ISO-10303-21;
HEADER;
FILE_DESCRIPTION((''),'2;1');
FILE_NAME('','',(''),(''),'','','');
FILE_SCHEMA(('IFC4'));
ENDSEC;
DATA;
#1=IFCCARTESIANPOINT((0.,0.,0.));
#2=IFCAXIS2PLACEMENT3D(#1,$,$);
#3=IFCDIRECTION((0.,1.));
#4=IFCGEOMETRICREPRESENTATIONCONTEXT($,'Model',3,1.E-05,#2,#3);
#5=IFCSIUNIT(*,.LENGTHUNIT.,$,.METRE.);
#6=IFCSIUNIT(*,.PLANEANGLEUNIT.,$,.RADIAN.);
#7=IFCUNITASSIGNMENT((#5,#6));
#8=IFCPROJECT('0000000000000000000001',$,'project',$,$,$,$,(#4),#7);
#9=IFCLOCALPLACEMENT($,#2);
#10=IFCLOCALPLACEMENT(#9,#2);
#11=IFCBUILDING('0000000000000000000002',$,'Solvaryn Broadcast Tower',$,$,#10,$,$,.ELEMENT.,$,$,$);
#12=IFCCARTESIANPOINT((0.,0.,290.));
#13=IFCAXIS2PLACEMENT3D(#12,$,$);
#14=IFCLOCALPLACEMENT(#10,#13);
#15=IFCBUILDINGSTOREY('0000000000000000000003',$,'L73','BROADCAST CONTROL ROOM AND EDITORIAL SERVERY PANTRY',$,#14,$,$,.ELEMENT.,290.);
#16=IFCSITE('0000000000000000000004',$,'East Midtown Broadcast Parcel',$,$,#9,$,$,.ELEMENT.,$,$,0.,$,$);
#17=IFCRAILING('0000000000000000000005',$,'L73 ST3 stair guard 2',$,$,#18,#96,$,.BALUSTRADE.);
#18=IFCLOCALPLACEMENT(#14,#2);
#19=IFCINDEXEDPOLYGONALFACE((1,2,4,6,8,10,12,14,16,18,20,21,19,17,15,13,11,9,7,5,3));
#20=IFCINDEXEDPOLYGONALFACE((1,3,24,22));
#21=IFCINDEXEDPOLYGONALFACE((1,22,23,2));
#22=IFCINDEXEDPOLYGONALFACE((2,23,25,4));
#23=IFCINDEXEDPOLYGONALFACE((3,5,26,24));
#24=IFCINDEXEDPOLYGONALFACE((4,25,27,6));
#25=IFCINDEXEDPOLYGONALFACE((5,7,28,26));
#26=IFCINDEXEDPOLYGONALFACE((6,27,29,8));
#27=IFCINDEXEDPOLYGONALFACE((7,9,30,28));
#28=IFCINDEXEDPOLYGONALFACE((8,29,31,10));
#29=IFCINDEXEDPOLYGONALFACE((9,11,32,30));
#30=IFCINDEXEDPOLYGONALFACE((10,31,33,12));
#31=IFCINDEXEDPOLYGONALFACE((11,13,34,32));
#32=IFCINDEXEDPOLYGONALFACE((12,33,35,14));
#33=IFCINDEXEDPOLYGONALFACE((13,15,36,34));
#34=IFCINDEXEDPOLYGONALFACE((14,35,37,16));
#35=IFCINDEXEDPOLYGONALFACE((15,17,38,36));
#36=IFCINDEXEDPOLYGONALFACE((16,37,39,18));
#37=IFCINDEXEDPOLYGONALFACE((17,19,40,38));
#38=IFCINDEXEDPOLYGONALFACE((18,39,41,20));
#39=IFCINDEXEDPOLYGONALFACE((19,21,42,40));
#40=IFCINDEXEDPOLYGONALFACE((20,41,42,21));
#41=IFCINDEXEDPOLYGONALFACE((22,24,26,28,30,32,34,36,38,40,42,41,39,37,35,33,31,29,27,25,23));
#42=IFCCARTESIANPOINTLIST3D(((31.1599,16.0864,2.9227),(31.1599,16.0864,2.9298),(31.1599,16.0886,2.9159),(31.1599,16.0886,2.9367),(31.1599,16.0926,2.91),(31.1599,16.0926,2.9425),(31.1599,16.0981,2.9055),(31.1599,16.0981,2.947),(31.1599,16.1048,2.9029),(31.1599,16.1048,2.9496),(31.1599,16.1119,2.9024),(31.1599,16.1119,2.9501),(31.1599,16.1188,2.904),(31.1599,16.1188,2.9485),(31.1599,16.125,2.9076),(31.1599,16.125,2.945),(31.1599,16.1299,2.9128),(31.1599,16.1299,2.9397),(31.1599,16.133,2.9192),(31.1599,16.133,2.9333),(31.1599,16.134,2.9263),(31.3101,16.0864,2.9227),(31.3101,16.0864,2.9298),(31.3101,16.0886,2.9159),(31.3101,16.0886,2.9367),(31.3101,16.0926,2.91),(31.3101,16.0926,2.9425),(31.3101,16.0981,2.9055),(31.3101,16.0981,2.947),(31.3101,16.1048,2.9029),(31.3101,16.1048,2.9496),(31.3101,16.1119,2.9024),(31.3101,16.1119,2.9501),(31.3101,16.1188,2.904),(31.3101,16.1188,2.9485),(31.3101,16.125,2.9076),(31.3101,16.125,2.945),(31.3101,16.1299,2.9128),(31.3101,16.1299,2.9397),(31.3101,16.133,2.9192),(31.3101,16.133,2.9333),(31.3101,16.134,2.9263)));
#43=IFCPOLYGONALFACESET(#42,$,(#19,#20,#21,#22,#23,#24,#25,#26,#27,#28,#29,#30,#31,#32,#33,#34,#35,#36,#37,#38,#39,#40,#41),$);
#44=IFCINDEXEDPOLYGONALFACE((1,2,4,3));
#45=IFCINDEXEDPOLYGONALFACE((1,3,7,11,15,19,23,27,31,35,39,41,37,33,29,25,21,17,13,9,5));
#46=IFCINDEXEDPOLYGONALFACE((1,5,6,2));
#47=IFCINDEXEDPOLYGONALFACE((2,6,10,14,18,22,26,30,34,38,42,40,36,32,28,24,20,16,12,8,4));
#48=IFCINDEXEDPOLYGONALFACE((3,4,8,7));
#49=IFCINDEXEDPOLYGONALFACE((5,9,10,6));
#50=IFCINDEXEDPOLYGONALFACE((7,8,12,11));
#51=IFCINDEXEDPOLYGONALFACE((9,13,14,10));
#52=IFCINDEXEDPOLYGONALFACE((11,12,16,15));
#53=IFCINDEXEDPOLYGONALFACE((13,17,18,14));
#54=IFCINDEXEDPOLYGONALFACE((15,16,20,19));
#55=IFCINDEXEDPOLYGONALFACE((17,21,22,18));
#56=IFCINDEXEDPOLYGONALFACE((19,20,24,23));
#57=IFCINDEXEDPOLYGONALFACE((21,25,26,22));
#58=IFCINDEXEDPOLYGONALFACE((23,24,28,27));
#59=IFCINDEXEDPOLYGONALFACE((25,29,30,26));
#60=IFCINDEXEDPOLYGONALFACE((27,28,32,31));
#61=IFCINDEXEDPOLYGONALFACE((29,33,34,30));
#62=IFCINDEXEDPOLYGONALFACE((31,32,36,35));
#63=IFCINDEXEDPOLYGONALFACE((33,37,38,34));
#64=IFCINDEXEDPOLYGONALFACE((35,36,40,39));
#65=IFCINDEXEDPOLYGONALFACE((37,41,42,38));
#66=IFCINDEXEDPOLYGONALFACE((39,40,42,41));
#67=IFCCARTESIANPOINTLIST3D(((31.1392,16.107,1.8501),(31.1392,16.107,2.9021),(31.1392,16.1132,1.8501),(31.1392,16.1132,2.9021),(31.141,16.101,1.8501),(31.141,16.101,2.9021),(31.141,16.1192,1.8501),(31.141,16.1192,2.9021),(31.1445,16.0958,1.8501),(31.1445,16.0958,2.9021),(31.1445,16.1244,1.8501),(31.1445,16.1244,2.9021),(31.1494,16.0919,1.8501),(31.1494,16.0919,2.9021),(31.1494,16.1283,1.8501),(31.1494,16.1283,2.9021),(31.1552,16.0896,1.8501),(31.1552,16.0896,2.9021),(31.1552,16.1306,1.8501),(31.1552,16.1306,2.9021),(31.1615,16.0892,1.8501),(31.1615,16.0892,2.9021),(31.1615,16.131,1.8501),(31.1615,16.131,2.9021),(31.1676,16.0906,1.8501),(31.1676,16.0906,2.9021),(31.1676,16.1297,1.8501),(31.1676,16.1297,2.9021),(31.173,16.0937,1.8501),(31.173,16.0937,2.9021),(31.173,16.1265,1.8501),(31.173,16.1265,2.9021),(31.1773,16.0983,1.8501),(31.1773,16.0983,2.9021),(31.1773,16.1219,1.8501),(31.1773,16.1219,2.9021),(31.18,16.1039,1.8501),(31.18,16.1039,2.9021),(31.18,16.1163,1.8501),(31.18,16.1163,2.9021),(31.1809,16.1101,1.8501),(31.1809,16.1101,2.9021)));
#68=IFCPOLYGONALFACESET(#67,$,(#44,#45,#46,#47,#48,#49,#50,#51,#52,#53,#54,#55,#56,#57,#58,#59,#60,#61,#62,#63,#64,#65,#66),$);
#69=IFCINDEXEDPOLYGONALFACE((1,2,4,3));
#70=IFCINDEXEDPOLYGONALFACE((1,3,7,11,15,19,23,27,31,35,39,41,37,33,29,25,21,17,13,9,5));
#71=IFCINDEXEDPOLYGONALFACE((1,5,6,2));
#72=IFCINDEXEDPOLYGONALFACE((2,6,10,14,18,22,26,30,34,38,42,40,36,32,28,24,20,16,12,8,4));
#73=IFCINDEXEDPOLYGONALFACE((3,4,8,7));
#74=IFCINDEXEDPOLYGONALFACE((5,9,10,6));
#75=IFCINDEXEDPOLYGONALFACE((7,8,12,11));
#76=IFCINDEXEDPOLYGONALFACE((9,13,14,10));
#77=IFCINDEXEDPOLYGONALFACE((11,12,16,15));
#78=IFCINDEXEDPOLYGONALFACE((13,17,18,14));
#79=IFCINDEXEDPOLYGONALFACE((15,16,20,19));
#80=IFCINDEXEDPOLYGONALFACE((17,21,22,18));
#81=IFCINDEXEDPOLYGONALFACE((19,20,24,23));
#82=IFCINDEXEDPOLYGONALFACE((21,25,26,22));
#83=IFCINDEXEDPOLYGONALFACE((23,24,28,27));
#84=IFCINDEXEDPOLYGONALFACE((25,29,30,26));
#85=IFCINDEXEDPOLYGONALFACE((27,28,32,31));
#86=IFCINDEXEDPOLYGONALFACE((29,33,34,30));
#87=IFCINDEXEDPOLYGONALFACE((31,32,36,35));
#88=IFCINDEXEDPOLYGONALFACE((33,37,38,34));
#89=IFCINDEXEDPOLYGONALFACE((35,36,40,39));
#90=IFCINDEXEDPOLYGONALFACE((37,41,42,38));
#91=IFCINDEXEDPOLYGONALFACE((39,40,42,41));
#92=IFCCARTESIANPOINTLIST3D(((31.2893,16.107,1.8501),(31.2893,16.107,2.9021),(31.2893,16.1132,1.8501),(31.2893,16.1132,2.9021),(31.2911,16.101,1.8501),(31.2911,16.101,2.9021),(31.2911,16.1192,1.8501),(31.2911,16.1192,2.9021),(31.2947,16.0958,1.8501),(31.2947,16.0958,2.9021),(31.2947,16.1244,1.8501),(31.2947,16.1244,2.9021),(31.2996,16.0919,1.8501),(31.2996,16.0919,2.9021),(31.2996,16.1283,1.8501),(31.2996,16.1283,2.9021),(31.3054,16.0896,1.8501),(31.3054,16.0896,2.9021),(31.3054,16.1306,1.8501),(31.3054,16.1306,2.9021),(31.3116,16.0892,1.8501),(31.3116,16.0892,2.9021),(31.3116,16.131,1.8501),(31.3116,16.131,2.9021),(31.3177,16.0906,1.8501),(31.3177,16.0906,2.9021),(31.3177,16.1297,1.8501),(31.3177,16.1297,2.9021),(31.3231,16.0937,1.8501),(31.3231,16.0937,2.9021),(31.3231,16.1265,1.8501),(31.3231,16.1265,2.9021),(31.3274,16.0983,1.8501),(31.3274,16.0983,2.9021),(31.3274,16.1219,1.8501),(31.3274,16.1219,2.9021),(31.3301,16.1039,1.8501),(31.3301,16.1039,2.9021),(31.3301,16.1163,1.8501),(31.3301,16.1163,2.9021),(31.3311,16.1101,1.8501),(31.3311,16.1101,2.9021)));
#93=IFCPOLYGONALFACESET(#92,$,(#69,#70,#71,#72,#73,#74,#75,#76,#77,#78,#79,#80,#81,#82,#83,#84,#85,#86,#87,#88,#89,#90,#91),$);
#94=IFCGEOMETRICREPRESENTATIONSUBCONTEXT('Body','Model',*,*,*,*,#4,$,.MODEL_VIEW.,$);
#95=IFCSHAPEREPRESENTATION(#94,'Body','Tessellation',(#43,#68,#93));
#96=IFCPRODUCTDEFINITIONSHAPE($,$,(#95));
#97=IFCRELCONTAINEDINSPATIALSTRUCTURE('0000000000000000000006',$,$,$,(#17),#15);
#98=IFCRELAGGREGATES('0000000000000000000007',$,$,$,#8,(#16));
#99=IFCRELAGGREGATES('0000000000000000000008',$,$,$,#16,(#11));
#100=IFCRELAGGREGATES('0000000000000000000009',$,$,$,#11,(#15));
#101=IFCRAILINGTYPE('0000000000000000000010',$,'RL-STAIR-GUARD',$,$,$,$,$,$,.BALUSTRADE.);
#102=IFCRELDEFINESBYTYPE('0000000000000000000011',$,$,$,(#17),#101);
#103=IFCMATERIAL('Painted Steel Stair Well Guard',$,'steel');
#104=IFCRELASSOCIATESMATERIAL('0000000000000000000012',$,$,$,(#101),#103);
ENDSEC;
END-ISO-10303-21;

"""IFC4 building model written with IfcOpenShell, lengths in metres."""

from ifc_helpers import new_model, si_unit, direction, frame, origin, origin_2d, place, context, subcontext, project, spatial, circle, extrude, material, type_object, element, save


model = new_model("IFC4")

# Units and contexts
model_context = context("Model", 3, precision=1e-05, world=origin(), true_north=direction((0.0, 1.0)))
body_context = subcontext(model_context, "Body", "Model", "MODEL_VIEW")
ifc_project = project(units=[si_unit("LENGTHUNIT", "METRE"), si_unit("PLANEANGLEUNIT", "RADIAN")], contexts=[model_context])

# Site, building, storey
site_placement = place(None, origin())
site = spatial("IfcSite", under=ifc_project, at=site_placement, Name="East Midtown Broadcast Parcel", CompositionType="ELEMENT", RefElevation=0.0)
building_placement = place(site_placement, origin())
building = spatial("IfcBuilding", under=site, at=building_placement, Name="Solvaryn Broadcast Tower", CompositionType="ELEMENT")
storey_placement = place(building_placement, frame((0.0, 0.0, 290.0)))
storey = spatial("IfcBuildingStorey", under=building, at=storey_placement, Name="L73", Description="BROADCAST CONTROL ROOM AND EDITORIAL SERVERY PANTRY", CompositionType="ELEMENT", Elevation=290.0)

# Railing
ifc_material_1 = material(Name="Painted Steel Stair Well Guard", Category="steel")
railing_type_1 = type_object("IfcRailingType", Name="RL-STAIR-GUARD", PredefinedType="BALUSTRADE", material=ifc_material_1)
railing_1_placement = place(storey_placement, frame((31.1599, 16.1101, 1.8501)))
element("IfcRailing", 1, at=railing_1_placement, inside=storey, type_object=railing_type_1, Name="L73 ST3 stair guard 2", PredefinedType="BALUSTRADE", context=body_context, shape_type="SweptSolid", body=[
    extrude(circle(Radius=0.0239, at=origin_2d()), frame((0.0, 0.0, 1.0762), z_axis=(1.0, 0.0, 0.0), x_axis=(0.0, 1.0, 0.0)), (0.0, 0.0, 1.0), 0.1501),
    extrude(circle(Radius=0.021, at=origin_2d()), origin(), (0.0, 0.0, 1.0), 1.052),
    extrude(circle(Radius=0.021, at=origin_2d()), frame((0.1501, 0.0, 0.0)), (0.0, 0.0, 1.0), 1.052),
])

save(model, "model.ifc")
